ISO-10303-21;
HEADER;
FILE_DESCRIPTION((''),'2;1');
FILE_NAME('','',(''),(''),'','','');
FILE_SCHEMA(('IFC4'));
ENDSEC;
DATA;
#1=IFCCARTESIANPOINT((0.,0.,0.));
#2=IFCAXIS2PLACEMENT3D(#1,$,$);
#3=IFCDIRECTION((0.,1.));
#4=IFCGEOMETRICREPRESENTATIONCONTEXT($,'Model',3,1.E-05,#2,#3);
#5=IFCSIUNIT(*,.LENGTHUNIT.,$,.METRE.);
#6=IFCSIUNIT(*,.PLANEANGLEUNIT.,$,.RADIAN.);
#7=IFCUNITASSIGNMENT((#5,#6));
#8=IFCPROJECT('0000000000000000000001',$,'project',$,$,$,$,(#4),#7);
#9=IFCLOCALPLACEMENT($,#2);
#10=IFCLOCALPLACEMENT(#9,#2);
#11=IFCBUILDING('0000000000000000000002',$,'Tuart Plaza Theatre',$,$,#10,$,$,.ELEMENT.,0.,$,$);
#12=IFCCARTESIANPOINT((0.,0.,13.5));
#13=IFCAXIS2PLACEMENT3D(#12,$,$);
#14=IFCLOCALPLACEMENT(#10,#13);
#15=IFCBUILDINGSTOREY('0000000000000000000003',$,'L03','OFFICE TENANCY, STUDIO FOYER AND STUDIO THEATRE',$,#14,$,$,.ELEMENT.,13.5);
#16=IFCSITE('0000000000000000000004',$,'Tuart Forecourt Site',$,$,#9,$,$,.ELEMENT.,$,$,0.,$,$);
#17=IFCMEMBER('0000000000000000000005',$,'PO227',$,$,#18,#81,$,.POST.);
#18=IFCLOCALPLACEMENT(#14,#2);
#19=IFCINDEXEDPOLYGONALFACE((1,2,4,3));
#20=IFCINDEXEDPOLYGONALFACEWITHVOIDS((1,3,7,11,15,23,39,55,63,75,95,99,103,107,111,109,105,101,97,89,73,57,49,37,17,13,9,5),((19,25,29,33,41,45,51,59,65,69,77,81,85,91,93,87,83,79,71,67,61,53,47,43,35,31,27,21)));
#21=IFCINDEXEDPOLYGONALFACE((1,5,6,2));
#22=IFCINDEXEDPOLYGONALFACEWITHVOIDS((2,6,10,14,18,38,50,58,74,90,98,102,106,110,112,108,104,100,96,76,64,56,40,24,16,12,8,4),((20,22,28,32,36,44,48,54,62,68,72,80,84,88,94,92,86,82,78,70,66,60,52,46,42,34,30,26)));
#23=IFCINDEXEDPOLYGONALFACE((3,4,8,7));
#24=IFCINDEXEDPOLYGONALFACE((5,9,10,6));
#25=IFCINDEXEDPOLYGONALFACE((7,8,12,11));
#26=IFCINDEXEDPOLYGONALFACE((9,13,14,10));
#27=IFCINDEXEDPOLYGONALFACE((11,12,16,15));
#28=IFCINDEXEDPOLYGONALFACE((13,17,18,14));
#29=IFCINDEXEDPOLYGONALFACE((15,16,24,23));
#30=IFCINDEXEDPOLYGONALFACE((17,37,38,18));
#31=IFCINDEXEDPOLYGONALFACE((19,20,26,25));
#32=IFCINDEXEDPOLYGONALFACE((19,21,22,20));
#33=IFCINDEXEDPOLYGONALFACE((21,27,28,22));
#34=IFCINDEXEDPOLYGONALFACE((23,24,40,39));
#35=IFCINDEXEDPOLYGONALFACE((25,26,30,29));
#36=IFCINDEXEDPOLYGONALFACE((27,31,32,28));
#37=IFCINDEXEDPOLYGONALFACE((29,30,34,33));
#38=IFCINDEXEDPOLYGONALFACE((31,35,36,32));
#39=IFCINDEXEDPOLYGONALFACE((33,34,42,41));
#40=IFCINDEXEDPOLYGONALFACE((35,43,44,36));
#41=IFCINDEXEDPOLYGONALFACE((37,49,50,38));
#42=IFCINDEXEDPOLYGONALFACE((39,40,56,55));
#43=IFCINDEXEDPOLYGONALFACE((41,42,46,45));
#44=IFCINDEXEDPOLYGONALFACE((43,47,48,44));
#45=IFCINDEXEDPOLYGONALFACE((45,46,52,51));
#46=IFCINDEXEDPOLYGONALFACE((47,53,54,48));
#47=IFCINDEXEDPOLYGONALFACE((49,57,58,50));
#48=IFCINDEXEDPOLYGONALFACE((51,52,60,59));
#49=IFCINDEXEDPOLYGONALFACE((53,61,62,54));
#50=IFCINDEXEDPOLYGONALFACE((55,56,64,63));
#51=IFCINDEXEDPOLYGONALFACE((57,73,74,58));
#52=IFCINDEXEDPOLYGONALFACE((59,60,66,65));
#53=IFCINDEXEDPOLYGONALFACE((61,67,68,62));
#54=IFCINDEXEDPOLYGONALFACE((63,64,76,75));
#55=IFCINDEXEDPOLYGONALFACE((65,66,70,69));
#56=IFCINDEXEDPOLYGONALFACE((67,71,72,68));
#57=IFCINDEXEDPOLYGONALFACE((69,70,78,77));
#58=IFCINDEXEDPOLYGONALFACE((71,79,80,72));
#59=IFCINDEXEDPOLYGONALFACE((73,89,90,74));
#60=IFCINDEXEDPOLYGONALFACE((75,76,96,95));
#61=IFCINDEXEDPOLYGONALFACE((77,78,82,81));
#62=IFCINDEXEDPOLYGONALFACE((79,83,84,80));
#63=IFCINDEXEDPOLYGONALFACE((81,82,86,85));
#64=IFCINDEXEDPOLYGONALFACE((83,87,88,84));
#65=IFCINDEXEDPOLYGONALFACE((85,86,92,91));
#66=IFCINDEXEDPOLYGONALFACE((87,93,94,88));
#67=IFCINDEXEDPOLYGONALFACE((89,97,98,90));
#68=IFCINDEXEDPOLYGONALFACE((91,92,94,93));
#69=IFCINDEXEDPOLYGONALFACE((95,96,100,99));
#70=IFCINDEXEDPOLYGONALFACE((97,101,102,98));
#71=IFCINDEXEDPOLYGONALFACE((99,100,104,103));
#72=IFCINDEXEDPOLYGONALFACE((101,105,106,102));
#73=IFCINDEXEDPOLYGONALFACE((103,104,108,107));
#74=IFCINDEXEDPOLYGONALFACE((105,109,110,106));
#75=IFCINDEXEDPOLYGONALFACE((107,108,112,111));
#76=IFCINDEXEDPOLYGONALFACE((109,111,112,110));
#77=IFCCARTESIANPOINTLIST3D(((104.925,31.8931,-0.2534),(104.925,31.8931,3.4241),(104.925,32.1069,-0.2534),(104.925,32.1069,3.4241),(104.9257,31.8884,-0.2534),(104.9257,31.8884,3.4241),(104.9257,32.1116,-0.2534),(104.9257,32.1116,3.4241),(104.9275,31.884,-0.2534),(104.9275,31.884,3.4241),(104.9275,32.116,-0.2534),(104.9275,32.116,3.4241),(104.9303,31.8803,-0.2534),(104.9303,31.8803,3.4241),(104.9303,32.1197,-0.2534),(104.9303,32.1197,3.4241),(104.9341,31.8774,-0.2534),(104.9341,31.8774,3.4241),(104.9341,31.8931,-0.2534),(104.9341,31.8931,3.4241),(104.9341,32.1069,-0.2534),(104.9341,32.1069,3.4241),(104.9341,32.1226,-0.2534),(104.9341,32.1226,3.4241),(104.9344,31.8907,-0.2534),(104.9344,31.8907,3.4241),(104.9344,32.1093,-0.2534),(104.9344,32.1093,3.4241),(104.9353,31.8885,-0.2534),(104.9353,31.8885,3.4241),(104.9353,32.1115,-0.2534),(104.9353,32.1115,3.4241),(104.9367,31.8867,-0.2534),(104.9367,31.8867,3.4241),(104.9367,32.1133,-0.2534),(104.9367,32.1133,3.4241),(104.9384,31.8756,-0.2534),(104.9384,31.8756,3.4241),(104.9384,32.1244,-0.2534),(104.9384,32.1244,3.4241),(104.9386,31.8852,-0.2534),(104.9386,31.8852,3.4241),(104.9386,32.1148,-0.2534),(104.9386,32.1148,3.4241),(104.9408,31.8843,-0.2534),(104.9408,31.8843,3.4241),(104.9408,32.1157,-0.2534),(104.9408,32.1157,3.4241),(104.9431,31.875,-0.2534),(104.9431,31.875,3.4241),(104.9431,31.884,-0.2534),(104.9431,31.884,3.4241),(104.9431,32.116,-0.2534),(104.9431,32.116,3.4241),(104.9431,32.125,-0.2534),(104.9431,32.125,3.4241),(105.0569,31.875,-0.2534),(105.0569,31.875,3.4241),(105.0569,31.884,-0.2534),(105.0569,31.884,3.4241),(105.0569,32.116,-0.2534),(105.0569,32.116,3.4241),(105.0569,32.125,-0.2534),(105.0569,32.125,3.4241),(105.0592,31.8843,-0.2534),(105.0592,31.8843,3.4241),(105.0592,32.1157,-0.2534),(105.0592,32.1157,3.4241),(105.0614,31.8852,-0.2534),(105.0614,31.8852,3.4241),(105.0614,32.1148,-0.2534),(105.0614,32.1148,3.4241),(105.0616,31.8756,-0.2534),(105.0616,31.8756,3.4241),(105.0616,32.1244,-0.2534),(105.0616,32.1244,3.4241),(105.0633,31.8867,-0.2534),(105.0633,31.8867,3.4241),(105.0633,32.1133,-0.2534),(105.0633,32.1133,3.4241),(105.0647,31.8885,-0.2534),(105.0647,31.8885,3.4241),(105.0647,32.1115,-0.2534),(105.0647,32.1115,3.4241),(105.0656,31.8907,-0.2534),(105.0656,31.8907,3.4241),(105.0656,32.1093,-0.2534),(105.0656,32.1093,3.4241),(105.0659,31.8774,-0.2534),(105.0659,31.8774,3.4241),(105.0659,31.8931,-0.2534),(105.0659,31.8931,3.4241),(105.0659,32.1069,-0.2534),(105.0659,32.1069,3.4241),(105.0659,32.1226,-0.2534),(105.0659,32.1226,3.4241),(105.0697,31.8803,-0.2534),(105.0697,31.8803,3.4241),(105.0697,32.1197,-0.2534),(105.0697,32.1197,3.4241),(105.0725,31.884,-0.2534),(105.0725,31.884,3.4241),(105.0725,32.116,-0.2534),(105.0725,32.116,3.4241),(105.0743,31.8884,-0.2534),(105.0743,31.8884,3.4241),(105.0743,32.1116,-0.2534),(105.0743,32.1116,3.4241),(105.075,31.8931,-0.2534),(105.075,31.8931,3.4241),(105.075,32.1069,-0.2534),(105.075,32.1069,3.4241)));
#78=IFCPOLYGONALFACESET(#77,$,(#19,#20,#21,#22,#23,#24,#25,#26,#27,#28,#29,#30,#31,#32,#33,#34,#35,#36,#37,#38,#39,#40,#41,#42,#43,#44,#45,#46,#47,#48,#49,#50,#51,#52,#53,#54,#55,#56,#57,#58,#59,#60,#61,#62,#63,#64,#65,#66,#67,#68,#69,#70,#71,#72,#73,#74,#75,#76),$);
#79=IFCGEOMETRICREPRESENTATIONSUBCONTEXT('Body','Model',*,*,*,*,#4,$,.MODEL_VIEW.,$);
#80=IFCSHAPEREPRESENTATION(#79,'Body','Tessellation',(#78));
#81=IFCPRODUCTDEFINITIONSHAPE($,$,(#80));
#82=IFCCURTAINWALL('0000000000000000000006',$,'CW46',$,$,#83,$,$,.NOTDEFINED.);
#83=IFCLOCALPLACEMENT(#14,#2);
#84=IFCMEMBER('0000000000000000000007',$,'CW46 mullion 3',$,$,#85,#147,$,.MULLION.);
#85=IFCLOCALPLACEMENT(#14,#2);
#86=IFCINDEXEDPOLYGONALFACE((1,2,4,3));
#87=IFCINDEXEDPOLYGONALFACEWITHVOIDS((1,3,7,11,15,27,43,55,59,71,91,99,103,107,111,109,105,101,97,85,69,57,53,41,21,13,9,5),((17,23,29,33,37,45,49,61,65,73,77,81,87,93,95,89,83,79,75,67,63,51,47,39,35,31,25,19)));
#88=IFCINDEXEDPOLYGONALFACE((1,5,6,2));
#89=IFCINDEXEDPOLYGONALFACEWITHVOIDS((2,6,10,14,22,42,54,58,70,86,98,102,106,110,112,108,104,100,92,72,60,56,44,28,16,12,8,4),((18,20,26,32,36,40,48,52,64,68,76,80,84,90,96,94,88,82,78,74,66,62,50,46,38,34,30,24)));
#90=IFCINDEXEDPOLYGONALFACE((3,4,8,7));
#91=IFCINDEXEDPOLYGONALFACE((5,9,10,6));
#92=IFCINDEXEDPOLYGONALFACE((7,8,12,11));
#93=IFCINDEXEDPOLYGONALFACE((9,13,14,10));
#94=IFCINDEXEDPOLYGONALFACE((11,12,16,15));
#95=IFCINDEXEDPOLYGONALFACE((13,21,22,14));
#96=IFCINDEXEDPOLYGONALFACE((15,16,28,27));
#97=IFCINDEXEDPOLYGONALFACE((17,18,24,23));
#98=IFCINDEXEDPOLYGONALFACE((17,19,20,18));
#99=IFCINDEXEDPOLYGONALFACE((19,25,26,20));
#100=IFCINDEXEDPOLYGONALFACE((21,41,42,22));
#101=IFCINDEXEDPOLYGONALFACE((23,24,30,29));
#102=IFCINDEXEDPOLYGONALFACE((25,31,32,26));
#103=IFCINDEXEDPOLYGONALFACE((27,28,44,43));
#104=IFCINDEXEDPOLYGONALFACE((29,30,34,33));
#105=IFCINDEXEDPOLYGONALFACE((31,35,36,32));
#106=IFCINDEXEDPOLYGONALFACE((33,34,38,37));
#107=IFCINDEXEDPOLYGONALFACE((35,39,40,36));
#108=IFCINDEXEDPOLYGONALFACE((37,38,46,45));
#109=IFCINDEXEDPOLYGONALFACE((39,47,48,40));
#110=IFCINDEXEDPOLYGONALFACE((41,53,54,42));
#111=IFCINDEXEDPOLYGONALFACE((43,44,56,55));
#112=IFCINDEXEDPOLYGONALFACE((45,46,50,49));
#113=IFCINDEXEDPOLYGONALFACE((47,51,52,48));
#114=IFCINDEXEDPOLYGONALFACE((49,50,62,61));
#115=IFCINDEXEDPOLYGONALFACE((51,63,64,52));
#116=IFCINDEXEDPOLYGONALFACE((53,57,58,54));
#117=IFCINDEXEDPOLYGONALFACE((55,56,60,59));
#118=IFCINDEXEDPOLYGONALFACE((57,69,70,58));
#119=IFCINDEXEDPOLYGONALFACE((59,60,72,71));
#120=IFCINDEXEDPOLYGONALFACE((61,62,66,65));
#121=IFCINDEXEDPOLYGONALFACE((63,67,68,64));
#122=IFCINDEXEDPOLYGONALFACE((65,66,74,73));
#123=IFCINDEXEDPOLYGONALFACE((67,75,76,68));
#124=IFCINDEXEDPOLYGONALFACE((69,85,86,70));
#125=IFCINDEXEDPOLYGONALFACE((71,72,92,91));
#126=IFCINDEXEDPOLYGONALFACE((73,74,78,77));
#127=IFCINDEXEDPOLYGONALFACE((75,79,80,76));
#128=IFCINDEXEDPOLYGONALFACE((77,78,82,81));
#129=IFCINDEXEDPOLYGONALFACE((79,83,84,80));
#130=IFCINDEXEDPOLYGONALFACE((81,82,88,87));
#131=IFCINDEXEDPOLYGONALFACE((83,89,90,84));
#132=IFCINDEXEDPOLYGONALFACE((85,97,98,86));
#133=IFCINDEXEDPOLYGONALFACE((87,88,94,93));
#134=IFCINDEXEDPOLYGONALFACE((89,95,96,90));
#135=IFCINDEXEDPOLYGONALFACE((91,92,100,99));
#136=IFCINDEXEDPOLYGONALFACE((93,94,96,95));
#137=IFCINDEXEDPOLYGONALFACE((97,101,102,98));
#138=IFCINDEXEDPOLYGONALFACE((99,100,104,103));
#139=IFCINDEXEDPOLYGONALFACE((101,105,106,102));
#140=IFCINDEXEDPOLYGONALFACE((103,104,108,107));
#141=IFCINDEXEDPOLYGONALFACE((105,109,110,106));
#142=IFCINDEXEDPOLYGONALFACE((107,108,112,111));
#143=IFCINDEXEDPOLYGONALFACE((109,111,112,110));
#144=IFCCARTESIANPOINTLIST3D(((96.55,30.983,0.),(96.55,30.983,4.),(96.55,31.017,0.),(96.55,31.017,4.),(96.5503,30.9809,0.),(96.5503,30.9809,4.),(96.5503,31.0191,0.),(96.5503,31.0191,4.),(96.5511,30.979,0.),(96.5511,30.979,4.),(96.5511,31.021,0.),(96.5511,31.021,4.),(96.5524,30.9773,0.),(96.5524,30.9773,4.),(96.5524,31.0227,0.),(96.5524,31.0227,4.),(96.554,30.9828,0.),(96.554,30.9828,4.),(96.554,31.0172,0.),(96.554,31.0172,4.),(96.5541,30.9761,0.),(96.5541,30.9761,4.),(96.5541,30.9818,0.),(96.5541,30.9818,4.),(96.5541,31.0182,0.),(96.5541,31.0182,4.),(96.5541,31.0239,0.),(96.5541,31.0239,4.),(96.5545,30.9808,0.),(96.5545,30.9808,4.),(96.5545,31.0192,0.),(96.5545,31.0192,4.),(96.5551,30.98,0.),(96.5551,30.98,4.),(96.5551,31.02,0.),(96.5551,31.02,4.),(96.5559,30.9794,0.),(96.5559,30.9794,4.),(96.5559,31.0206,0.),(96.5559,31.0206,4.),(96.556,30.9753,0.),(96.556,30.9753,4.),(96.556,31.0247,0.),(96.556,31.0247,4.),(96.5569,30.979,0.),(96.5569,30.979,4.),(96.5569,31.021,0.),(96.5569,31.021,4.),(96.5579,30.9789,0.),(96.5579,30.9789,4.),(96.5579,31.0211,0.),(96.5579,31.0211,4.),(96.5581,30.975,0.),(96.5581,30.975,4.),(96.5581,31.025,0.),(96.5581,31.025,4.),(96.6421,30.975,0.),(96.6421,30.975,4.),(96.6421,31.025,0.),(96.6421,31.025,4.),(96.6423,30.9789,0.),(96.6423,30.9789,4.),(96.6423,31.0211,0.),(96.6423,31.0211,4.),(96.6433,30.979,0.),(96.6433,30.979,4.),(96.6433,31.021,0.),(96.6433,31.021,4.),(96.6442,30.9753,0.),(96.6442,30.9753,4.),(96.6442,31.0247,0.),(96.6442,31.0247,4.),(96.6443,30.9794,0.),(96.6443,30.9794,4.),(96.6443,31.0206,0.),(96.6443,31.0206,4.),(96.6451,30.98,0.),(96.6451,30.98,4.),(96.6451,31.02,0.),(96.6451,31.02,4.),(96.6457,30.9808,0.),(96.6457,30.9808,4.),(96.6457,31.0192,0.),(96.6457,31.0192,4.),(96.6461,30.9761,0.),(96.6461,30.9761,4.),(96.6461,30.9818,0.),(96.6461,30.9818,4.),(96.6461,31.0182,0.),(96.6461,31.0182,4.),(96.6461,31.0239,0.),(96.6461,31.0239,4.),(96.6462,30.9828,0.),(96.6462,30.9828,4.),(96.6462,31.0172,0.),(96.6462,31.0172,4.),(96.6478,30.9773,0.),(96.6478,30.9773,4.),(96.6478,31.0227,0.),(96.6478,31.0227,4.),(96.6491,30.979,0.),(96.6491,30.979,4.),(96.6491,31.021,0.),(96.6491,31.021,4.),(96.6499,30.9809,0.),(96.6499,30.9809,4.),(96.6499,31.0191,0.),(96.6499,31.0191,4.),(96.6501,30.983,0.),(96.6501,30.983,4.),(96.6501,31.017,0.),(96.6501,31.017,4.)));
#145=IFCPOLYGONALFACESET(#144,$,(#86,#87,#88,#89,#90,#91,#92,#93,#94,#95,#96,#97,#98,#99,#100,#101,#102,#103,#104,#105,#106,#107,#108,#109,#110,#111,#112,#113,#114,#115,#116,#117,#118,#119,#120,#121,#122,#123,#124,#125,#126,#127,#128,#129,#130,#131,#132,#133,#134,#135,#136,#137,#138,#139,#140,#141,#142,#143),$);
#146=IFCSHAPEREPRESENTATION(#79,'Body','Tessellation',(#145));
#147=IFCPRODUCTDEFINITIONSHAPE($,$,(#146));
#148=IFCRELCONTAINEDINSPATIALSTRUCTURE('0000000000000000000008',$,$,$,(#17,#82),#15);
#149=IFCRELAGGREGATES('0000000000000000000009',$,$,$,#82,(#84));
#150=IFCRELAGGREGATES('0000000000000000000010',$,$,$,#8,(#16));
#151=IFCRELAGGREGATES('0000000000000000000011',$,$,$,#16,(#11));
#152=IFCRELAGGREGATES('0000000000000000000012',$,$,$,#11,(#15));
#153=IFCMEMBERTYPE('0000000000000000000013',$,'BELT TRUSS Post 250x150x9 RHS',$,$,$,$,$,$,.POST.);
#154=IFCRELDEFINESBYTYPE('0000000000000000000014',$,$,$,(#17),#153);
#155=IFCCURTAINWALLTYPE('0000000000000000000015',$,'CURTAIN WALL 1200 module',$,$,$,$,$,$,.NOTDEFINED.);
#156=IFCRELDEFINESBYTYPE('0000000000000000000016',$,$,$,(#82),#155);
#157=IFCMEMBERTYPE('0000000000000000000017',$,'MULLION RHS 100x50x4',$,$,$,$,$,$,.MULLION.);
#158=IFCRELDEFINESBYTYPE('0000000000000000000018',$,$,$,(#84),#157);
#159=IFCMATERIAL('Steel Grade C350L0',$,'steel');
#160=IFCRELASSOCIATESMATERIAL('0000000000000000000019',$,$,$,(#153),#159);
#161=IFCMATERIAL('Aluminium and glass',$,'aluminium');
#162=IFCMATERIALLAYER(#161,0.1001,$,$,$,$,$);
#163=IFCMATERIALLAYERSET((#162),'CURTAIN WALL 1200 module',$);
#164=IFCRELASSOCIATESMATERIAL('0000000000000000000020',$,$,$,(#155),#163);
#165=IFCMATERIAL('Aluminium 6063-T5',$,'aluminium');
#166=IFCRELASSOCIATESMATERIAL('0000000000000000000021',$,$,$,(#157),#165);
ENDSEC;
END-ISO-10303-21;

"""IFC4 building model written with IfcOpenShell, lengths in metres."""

from ifc_helpers import new_model, si_unit, direction, frame, origin, origin_2d, place, context, subcontext, project, spatial, hollow_rectangle, extrude, material, layer, layer_set, material_profile, profile_set, type_object, element, aggregate, save


model = new_model("IFC4")

# Units and contexts
model_context = context("Model", 3, precision=1e-05, world=origin(), true_north=direction((0.0, 1.0)))
body_context = subcontext(model_context, "Body", "Model", "MODEL_VIEW")
ifc_project = project(units=[si_unit("LENGTHUNIT", "METRE"), si_unit("PLANEANGLEUNIT", "RADIAN")], contexts=[model_context])

# Site, building, storey
site_placement = place(None, origin())
site = spatial("IfcSite", under=ifc_project, at=site_placement, Name="Tuart Forecourt Site", CompositionType="ELEMENT", RefElevation=0.0)
building_placement = place(site_placement, origin())
building = spatial("IfcBuilding", under=site, at=building_placement, Name="Tuart Plaza Theatre", CompositionType="ELEMENT", ElevationOfRefHeight=0.0)
storey_placement = place(building_placement, frame((0.0, 0.0, 13.5)))
storey = spatial("IfcBuildingStorey", under=building, at=storey_placement, Name="L03", Description="OFFICE TENANCY, STUDIO FOYER AND STUDIO THEATRE", CompositionType="ELEMENT", Elevation=13.5)

# Member
ifc_material_1 = material(Name="Steel Grade C350L0", Category="steel")
ifc_material_profile_1 = material_profile(ifc_material_1, hollow_rectangle(XDim=0.1499, YDim=0.25, WallThickness=0.009, InnerFilletRadius=0.009, OuterFilletRadius=0.0181, at=origin_2d()), Name="250x150x9 RHS")
ifc_profile_set_1 = profile_set([ifc_material_profile_1], Name="Steel Grade C350L0")
member_type_1 = type_object("IfcMemberType", Name="BELT TRUSS Post 250x150x9 RHS", PredefinedType="POST", material=ifc_profile_set_1)
member_1_placement = place(storey_placement, frame((105.0, 32.0, -0.2534), z_axis=(0.0, 0.0, 1.0), x_axis=(1.0, 0.0, 0.0)))
element("IfcMember", 1, at=member_1_placement, inside=storey, type_object=member_type_1, Name="PO227", PredefinedType="POST", context=body_context, shape_type="SweptSolid", body=[
    extrude(hollow_rectangle(XDim=0.1499, YDim=0.25, WallThickness=0.009, InnerFilletRadius=0.009, OuterFilletRadius=0.0181, at=origin_2d()), origin(), (0.0, 0.0, 1.0), 3.6775),
])

# Curtain wall, member
ifc_material_2 = material(Name="Aluminium and glass", Category="aluminium")
ifc_layer_1 = layer(ifc_material_2, 0.1001)
ifc_layer_set_1 = layer_set([ifc_layer_1], Name="CURTAIN WALL 1200 module")
curtain_wall_type = type_object("IfcCurtainWallType", Name="CURTAIN WALL 1200 module", PredefinedType="NOTDEFINED", material=ifc_layer_set_1)
curtain_wall_placement = place(storey_placement, origin())
curtain_wall = element("IfcCurtainWall", 2, at=curtain_wall_placement, inside=storey, type_object=curtain_wall_type, Name="CW46", PredefinedType="NOTDEFINED")
ifc_material_3 = material(Name="Aluminium 6063-T5", Category="aluminium")
ifc_material_profile_2 = material_profile(ifc_material_3, hollow_rectangle(XDim=0.05, YDim=0.1001, WallThickness=0.0039, InnerFilletRadius=0.0039, OuterFilletRadius=0.0081, at=origin_2d()), Name="RHS 100x50x4")
ifc_profile_set_2 = profile_set([ifc_material_profile_2], Name="Aluminium 6063-T5")
member_type_2 = type_object("IfcMemberType", Name="MULLION RHS 100x50x4", PredefinedType="MULLION", material=ifc_profile_set_2)
member_2_placement = place(storey_placement, frame((96.6001, 31.0, 0.0), z_axis=(0.0, 0.0, 1.0), x_axis=(0.0, 1.0, 0.0)))
member_2 = element("IfcMember", 3, at=member_2_placement, type_object=member_type_2, Name="CW46 mullion 3", PredefinedType="MULLION", context=body_context, shape_type="SweptSolid", body=[
    extrude(hollow_rectangle(XDim=0.05, YDim=0.1001, WallThickness=0.0039, InnerFilletRadius=0.0039, OuterFilletRadius=0.0081, at=origin_2d()), origin(), (0.0, 0.0, 1.0), 4.0),
])
aggregate(curtain_wall, [member_2])

save(model, "model.ifc")
